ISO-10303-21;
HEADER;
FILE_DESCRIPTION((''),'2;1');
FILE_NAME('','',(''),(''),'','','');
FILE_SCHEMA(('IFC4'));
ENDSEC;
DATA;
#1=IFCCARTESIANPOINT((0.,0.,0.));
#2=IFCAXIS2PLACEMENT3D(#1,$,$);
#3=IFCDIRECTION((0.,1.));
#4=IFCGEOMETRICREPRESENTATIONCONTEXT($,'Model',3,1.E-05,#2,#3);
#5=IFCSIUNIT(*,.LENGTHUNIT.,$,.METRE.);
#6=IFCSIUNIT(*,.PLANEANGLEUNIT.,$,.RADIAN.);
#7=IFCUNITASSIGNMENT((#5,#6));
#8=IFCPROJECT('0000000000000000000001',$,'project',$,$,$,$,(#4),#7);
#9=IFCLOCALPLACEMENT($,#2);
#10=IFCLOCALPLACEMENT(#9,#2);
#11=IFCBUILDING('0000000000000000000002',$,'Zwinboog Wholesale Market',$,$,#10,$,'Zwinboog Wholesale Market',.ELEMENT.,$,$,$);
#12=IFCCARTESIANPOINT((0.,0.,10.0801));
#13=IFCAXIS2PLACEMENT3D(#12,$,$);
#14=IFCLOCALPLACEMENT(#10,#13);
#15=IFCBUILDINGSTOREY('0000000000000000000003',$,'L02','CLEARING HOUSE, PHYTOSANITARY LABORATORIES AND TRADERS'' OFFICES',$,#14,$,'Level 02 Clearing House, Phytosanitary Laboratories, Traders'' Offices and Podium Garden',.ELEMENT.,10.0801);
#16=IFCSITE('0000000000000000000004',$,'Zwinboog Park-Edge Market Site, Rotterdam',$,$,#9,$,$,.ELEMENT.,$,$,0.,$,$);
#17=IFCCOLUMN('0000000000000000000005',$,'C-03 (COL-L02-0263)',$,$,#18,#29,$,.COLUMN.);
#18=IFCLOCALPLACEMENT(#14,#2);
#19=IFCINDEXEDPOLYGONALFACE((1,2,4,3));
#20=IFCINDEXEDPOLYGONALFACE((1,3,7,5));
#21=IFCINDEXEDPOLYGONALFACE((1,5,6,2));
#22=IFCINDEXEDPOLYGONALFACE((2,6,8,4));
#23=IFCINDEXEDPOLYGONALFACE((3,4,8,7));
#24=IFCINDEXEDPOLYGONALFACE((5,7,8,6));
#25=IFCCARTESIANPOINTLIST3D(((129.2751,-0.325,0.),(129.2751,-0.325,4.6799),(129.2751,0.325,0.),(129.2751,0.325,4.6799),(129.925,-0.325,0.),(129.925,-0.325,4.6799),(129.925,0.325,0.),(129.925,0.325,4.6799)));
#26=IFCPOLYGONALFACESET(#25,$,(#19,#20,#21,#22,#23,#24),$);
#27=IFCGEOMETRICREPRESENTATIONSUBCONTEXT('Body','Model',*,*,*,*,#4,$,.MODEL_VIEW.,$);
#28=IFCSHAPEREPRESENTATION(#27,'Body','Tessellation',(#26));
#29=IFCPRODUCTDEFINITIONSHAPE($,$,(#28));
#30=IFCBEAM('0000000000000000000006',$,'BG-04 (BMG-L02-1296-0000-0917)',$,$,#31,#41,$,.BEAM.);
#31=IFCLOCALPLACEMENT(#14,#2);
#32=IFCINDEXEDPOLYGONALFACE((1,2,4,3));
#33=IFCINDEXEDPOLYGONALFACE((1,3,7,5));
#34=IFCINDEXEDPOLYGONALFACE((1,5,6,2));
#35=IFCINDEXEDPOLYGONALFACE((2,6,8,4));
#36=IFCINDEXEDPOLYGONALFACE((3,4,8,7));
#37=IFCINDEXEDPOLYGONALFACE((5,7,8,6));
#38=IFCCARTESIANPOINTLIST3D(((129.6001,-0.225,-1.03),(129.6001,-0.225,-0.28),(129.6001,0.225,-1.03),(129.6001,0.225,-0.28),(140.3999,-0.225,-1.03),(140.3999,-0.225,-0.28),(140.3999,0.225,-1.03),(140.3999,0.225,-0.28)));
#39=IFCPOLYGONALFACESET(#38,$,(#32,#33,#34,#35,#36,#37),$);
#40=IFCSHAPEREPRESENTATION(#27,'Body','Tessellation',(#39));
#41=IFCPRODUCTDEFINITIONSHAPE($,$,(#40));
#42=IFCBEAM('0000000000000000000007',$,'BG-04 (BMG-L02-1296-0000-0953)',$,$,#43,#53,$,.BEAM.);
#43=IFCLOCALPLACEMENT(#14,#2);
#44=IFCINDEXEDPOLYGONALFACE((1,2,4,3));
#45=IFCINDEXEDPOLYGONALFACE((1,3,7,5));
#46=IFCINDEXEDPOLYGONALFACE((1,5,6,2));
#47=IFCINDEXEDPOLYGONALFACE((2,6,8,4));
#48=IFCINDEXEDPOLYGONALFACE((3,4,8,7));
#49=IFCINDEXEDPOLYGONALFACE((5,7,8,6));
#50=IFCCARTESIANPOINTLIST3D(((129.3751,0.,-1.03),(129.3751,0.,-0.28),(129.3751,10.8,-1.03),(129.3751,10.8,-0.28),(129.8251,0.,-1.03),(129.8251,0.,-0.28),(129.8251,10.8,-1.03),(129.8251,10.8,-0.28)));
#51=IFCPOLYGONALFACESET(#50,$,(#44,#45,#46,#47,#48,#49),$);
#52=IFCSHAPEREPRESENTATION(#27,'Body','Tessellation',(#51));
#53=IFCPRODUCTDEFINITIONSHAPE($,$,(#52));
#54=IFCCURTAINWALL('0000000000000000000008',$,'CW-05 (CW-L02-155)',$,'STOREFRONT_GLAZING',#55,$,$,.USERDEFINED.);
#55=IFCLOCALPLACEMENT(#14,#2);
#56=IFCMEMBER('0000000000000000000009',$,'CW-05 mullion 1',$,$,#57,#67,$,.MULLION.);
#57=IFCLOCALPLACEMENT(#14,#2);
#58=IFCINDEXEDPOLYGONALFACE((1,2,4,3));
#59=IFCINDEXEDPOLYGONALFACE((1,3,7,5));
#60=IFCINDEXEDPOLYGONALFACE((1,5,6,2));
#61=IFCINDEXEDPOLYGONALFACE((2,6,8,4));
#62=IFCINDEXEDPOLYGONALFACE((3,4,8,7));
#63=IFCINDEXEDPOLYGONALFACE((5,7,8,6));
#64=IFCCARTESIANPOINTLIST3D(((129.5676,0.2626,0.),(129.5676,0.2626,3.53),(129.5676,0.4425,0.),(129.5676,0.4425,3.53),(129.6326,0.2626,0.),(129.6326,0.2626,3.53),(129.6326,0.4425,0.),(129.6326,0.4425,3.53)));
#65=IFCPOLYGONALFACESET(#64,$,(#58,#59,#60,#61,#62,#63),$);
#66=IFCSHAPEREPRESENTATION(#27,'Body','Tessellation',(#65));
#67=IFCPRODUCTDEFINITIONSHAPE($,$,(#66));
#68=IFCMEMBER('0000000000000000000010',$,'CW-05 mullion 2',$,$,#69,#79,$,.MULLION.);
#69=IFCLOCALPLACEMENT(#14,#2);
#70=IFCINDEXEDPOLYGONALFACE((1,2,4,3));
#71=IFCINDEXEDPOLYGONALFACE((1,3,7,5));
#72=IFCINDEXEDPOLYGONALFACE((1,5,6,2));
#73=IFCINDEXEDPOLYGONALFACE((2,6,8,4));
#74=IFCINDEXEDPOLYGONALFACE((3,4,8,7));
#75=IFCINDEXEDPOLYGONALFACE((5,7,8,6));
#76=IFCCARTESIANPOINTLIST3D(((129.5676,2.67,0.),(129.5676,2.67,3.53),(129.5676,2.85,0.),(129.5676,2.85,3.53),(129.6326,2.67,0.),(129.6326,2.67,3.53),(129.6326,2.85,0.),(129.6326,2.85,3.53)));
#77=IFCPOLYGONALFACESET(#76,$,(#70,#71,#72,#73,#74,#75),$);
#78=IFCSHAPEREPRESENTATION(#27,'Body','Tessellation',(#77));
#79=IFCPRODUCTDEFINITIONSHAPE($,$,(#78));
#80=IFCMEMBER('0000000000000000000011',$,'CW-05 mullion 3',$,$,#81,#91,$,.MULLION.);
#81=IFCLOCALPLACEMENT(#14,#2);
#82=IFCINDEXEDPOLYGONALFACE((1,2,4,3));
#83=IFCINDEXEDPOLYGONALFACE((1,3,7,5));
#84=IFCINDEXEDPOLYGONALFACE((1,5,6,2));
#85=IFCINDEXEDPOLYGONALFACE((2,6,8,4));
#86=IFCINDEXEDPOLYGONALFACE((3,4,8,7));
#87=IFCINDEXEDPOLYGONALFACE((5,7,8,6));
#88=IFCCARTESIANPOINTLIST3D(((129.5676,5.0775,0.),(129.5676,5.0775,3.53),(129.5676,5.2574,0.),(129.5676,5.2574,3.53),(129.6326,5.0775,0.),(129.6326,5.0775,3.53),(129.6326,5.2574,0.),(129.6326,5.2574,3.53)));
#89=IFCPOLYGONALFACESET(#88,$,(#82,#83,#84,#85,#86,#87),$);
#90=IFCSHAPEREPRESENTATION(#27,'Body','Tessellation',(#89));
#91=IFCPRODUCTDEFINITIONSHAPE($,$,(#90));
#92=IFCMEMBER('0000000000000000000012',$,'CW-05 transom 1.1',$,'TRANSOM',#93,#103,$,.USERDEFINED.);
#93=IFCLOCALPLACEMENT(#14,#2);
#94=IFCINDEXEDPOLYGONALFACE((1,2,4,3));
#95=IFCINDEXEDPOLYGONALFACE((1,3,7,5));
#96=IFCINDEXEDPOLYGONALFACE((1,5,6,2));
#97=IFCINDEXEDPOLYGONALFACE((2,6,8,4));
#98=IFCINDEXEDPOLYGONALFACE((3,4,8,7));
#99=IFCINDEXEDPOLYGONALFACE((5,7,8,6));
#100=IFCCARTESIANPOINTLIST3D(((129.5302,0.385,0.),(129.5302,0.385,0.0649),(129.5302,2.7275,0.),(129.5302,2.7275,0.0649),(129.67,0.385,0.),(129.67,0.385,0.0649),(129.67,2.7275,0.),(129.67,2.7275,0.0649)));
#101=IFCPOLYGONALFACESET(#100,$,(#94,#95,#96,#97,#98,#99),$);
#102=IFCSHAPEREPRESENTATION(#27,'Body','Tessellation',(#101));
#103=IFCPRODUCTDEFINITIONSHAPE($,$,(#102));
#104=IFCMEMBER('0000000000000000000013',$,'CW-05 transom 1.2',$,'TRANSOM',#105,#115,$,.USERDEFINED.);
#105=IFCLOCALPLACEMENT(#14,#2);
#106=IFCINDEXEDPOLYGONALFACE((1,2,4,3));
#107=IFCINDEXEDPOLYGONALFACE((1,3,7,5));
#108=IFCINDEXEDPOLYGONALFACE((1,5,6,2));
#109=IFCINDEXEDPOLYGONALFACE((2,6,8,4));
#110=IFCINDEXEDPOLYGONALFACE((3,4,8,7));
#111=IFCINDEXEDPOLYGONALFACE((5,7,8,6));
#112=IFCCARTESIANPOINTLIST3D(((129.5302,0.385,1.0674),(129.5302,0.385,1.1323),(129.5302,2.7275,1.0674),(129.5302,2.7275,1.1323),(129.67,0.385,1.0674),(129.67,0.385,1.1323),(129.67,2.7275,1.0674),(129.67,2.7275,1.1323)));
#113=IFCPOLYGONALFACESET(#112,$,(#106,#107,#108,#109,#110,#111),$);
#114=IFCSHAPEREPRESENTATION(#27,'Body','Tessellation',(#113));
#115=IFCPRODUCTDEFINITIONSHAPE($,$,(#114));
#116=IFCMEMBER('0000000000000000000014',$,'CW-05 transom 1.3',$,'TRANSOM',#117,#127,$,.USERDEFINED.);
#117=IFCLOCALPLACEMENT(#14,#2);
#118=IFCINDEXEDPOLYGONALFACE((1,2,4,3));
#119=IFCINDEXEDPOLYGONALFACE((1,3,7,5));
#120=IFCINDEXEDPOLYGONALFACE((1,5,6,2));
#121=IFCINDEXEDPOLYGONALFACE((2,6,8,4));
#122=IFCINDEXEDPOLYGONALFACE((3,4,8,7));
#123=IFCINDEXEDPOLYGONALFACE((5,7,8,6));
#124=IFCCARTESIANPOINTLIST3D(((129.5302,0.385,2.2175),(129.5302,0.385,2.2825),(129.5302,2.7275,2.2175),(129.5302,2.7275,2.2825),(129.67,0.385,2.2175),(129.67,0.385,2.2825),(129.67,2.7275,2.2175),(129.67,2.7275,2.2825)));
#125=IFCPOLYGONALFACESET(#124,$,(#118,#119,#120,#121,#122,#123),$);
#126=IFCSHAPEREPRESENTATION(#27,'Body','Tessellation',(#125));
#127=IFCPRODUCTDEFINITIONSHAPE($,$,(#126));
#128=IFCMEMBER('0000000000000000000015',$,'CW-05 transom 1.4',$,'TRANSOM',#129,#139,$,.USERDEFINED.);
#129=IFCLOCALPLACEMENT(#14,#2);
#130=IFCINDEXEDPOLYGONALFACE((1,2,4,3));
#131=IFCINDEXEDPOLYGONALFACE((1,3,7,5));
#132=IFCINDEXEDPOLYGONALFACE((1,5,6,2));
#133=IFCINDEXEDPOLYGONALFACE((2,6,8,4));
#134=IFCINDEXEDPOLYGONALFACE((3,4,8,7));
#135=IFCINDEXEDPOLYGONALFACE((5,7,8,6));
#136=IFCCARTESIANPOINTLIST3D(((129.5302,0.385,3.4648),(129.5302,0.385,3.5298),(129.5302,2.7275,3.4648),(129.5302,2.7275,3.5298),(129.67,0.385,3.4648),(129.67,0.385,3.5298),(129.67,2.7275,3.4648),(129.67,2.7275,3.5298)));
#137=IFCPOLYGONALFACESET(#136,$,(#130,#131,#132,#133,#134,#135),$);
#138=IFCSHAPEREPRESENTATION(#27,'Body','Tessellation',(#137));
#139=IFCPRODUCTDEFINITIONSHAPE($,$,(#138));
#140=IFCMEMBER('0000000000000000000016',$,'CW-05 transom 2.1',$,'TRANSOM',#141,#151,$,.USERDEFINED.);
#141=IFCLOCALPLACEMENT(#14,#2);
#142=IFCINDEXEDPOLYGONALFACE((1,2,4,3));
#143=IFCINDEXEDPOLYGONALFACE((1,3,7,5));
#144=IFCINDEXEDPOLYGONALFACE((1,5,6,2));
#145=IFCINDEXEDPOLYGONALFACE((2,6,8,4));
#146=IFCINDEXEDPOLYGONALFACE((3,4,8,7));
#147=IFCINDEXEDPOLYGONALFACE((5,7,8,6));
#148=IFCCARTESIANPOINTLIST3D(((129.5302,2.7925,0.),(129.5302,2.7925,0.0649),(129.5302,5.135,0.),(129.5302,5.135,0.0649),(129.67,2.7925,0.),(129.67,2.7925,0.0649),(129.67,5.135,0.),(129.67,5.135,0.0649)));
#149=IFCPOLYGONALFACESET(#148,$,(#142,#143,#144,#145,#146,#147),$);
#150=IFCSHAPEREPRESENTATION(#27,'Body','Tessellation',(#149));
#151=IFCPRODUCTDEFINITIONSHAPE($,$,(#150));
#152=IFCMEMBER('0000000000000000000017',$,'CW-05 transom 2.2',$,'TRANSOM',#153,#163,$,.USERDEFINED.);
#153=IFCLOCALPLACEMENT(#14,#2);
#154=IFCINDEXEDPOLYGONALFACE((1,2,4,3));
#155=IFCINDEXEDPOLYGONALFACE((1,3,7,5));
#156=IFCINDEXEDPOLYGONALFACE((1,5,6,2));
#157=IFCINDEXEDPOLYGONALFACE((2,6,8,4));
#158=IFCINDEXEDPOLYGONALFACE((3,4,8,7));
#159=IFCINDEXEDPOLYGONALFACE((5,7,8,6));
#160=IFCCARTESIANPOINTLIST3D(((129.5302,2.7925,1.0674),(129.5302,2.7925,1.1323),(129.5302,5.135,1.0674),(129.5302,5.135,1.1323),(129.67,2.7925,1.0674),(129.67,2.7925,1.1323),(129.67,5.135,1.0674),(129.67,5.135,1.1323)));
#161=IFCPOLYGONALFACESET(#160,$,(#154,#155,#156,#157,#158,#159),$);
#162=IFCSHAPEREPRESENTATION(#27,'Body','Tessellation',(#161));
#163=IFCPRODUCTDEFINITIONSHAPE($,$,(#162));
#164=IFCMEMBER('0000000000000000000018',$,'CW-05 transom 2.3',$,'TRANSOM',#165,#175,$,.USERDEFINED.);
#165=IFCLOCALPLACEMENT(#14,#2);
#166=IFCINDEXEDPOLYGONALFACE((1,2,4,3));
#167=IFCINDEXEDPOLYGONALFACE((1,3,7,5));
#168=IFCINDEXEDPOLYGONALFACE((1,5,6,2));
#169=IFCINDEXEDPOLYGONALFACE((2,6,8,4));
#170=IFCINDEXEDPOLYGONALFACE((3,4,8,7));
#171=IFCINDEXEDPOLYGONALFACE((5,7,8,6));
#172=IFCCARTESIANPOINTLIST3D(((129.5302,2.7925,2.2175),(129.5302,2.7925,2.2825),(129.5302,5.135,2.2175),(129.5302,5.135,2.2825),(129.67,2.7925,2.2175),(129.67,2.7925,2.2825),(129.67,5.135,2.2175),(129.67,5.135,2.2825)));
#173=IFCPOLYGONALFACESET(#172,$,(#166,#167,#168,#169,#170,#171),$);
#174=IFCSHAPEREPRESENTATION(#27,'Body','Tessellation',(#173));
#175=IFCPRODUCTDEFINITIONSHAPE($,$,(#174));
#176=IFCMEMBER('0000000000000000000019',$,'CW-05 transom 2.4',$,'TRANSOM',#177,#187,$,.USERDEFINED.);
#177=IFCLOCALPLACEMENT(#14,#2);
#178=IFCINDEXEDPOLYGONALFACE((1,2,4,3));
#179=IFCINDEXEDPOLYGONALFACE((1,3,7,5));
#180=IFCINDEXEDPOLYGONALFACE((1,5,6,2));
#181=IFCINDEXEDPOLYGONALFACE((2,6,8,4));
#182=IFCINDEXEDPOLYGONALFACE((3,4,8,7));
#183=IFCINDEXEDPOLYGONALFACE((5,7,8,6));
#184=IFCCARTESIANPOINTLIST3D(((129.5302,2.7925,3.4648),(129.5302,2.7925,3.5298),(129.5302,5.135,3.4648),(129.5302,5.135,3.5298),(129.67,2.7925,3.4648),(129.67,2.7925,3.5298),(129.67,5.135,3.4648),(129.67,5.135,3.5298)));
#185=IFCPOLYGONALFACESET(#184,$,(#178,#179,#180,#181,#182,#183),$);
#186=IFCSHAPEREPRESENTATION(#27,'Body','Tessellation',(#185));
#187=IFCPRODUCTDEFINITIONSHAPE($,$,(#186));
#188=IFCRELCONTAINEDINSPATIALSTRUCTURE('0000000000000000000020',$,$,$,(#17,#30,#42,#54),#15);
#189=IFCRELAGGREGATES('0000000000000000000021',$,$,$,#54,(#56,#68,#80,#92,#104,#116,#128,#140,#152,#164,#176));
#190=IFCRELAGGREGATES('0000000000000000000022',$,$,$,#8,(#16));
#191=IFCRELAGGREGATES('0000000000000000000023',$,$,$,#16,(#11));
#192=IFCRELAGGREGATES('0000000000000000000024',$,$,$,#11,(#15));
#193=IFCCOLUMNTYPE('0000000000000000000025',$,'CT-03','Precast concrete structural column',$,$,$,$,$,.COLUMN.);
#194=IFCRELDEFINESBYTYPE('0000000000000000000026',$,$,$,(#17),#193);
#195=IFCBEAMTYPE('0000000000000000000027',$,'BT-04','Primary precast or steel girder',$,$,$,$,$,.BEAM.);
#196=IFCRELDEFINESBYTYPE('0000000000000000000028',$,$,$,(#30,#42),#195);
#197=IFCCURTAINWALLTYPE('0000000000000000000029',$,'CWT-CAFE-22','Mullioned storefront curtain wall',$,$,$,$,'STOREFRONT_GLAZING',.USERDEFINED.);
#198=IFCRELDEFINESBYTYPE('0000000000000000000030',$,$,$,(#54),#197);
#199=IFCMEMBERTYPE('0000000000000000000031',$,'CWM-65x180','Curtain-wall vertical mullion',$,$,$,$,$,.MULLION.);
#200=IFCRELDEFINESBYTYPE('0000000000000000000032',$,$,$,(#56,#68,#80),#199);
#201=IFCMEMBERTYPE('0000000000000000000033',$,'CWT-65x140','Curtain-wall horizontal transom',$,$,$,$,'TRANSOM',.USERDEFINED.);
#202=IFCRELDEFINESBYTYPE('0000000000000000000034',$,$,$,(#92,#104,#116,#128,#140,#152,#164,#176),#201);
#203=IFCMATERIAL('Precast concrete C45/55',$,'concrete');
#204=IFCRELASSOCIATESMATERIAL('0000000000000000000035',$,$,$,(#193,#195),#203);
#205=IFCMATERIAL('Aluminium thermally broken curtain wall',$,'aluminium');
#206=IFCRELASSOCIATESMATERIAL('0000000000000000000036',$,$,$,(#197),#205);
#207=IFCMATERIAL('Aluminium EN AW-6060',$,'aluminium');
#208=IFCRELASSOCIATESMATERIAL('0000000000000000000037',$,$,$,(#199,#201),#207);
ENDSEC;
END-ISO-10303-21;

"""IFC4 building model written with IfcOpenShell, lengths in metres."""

from ifc_helpers import new_model, si_unit, direction, frame, origin, origin_2d, place, context, subcontext, project, spatial, rectangle, extrude, material, material_profile, profile_set, type_object, element, aggregate, save


model = new_model("IFC4")

# Units and contexts
model_context = context("Model", 3, precision=1e-05, world=origin(), true_north=direction((0.0, 1.0)))
body_context = subcontext(model_context, "Body", "Model", "MODEL_VIEW")
ifc_project = project(units=[si_unit("LENGTHUNIT", "METRE"), si_unit("PLANEANGLEUNIT", "RADIAN")], contexts=[model_context])

# Site, building, storey
site_placement = place(None, origin())
site = spatial("IfcSite", under=ifc_project, at=site_placement, Name="Zwinboog Park-Edge Market Site, Rotterdam", CompositionType="ELEMENT", RefElevation=0.0)
building_placement = place(site_placement, origin())
building = spatial("IfcBuilding", under=site, at=building_placement, Name="Zwinboog Wholesale Market", LongName="Zwinboog Wholesale Market", CompositionType="ELEMENT")
storey_placement = place(building_placement, frame((0.0, 0.0, 10.0801)))
storey = spatial("IfcBuildingStorey", under=building, at=storey_placement, Name="L02", Description="CLEARING HOUSE, PHYTOSANITARY LABORATORIES AND TRADERS' OFFICES", LongName="Level 02 Clearing House, Phytosanitary Laboratories, Traders' Offices and Podium Garden", CompositionType="ELEMENT", Elevation=10.0801)

# Column
ifc_material_1 = material(Name="Precast concrete C45/55", Category="concrete")
ifc_material_profile_1 = material_profile(ifc_material_1, rectangle(XDim=0.6499, YDim=0.6499, at=origin_2d()), Name="PC 650x650")
ifc_profile_set_1 = profile_set([ifc_material_profile_1], Name="Precast concrete C45/55")
column_type = type_object("IfcColumnType", Name="CT-03", Description="Precast concrete structural column", PredefinedType="COLUMN", material=ifc_profile_set_1)
column_placement = place(storey_placement, frame((129.6001, 0.0, 0.0), z_axis=(0.0, 0.0, 1.0), x_axis=(1.0, 0.0, 0.0)))
element("IfcColumn", 1, at=column_placement, inside=storey, type_object=column_type, Name="C-03 (COL-L02-0263)", PredefinedType="COLUMN", context=body_context, shape_type="SweptSolid", body=[
    extrude(rectangle(XDim=0.6499, YDim=0.6499, at=origin_2d()), origin(), (0.0, 0.0, 1.0), 4.6799),
])

# Beams
ifc_material_profile_2 = material_profile(ifc_material_1, rectangle(XDim=0.45, YDim=0.75, at=origin_2d()), Name="PC 450x750")
ifc_profile_set_2 = profile_set([ifc_material_profile_2], Name="Precast concrete C45/55")
beam_type = type_object("IfcBeamType", Name="BT-04", Description="Primary precast or steel girder", PredefinedType="BEAM", material=ifc_profile_set_2)
beam_1_placement = place(storey_placement, frame((129.6001, 0.0, -0.655), z_axis=(1.0, 0.0, 0.0), x_axis=(0.0, 1.0, 0.0)))
element("IfcBeam", 2, at=beam_1_placement, inside=storey, type_object=beam_type, Name="BG-04 (BMG-L02-1296-0000-0917)", PredefinedType="BEAM", context=body_context, shape_type="SweptSolid", body=[
    extrude(rectangle(XDim=0.45, YDim=0.75, at=origin_2d()), origin(), (0.0, 0.0, 1.0), 10.7998),
])
beam_2_placement = place(storey_placement, frame((129.6001, 0.0, -0.655), z_axis=(0.0, 1.0, 0.0), x_axis=(-1.0, 0.0, 0.0)))
element("IfcBeam", 3, at=beam_2_placement, inside=storey, type_object=beam_type, Name="BG-04 (BMG-L02-1296-0000-0953)", PredefinedType="BEAM", context=body_context, shape_type="SweptSolid", body=[
    extrude(rectangle(XDim=0.45, YDim=0.75, at=origin_2d()), origin(), (0.0, 0.0, 1.0), 10.8),
])

# Curtain wall, members
ifc_material_2 = material(Name="Aluminium thermally broken curtain wall", Category="aluminium")
curtain_wall_type = type_object("IfcCurtainWallType", Name="CWT-CAFE-22", Description="Mullioned storefront curtain wall", ElementType="STOREFRONT_GLAZING", PredefinedType="USERDEFINED", material=ifc_material_2)
curtain_wall_placement = place(storey_placement, origin())
curtain_wall = element("IfcCurtainWall", 4, at=curtain_wall_placement, inside=storey, type_object=curtain_wall_type, Name="CW-05 (CW-L02-155)", ObjectType="STOREFRONT_GLAZING", PredefinedType="USERDEFINED")
ifc_material_3 = material(Name="Aluminium EN AW-6060", Category="aluminium")
ifc_material_profile_3 = material_profile(ifc_material_3, rectangle(XDim=0.0649, YDim=0.1799, at=origin_2d()), Name="AL 65x180")
ifc_profile_set_3 = profile_set([ifc_material_profile_3], Name="Aluminium EN AW-6060")
member_type_1 = type_object("IfcMemberType", Name="CWM-65x180", Description="Curtain-wall vertical mullion", PredefinedType="MULLION", material=ifc_profile_set_3)
member_1_placement = place(storey_placement, frame((129.6001, 0.3525, 0.0), z_axis=(0.0, 0.0, 1.0), x_axis=(-1.0, 0.0, 0.0)))
member_1 = element("IfcMember", 5, at=member_1_placement, type_object=member_type_1, Name="CW-05 mullion 1", PredefinedType="MULLION", context=body_context, shape_type="SweptSolid", body=[
    extrude(rectangle(XDim=0.0649, YDim=0.1799, at=origin_2d()), origin(), (0.0, 0.0, 1.0), 3.53),
])
member_2_placement = place(storey_placement, frame((129.6001, 2.76, 0.0), z_axis=(0.0, 0.0, 1.0), x_axis=(-1.0, 0.0, 0.0)))
member_2 = element("IfcMember", 6, at=member_2_placement, type_object=member_type_1, Name="CW-05 mullion 2", PredefinedType="MULLION", context=body_context, shape_type="SweptSolid", body=[
    extrude(rectangle(XDim=0.0649, YDim=0.1799, at=origin_2d()), origin(), (0.0, 0.0, 1.0), 3.53),
])
member_3_placement = place(storey_placement, frame((129.6001, 5.1675, 0.0), z_axis=(0.0, 0.0, 1.0), x_axis=(-1.0, 0.0, 0.0)))
member_3 = element("IfcMember", 7, at=member_3_placement, type_object=member_type_1, Name="CW-05 mullion 3", PredefinedType="MULLION", context=body_context, shape_type="SweptSolid", body=[
    extrude(rectangle(XDim=0.0649, YDim=0.1799, at=origin_2d()), origin(), (0.0, 0.0, 1.0), 3.53),
])
ifc_material_profile_4 = material_profile(ifc_material_3, rectangle(XDim=0.1399, YDim=0.0649, at=origin_2d()), Name="AL 65x140")
ifc_profile_set_4 = profile_set([ifc_material_profile_4], Name="Aluminium EN AW-6060")
member_type_2 = type_object("IfcMemberType", Name="CWT-65x140", Description="Curtain-wall horizontal transom", ElementType="TRANSOM", PredefinedType="USERDEFINED", material=ifc_profile_set_4)
member_4_placement = place(storey_placement, frame((129.6001, 0.385, 0.0325), z_axis=(0.0, 1.0, 0.0), x_axis=(-1.0, 0.0, 0.0)))
member_4 = element("IfcMember", 8, at=member_4_placement, type_object=member_type_2, Name="CW-05 transom 1.1", ObjectType="TRANSOM", PredefinedType="USERDEFINED", context=body_context, shape_type="SweptSolid", body=[
    extrude(rectangle(XDim=0.1399, YDim=0.0649, at=origin_2d()), origin(), (0.0, 0.0, 1.0), 2.3425),
])
member_5_placement = place(storey_placement, frame((129.6001, 0.385, 1.0999), z_axis=(0.0, 1.0, 0.0), x_axis=(-1.0, 0.0, 0.0)))
member_5 = element("IfcMember", 9, at=member_5_placement, type_object=member_type_2, Name="CW-05 transom 1.2", ObjectType="TRANSOM", PredefinedType="USERDEFINED", context=body_context, shape_type="SweptSolid", body=[
    extrude(rectangle(XDim=0.1399, YDim=0.0649, at=origin_2d()), origin(), (0.0, 0.0, 1.0), 2.3425),
])
member_6_placement = place(storey_placement, frame((129.6001, 0.385, 2.25), z_axis=(0.0, 1.0, 0.0), x_axis=(-1.0, 0.0, 0.0)))
member_6 = element("IfcMember", 10, at=member_6_placement, type_object=member_type_2, Name="CW-05 transom 1.3", ObjectType="TRANSOM", PredefinedType="USERDEFINED", context=body_context, shape_type="SweptSolid", body=[
    extrude(rectangle(XDim=0.1399, YDim=0.0649, at=origin_2d()), origin(), (0.0, 0.0, 1.0), 2.3425),
])
member_7_placement = place(storey_placement, frame((129.6001, 0.385, 3.4973), z_axis=(0.0, 1.0, 0.0), x_axis=(-1.0, 0.0, 0.0)))
member_7 = element("IfcMember", 11, at=member_7_placement, type_object=member_type_2, Name="CW-05 transom 1.4", ObjectType="TRANSOM", PredefinedType="USERDEFINED", context=body_context, shape_type="SweptSolid", body=[
    extrude(rectangle(XDim=0.1399, YDim=0.0649, at=origin_2d()), origin(), (0.0, 0.0, 1.0), 2.3425),
])
member_8_placement = place(storey_placement, frame((129.6001, 2.7925, 0.0325), z_axis=(0.0, 1.0, 0.0), x_axis=(-1.0, 0.0, 0.0)))
member_8 = element("IfcMember", 12, at=member_8_placement, type_object=member_type_2, Name="CW-05 transom 2.1", ObjectType="TRANSOM", PredefinedType="USERDEFINED", context=body_context, shape_type="SweptSolid", body=[
    extrude(rectangle(XDim=0.1399, YDim=0.0649, at=origin_2d()), origin(), (0.0, 0.0, 1.0), 2.3425),
])
member_9_placement = place(storey_placement, frame((129.6001, 2.7925, 1.0999), z_axis=(0.0, 1.0, 0.0), x_axis=(-1.0, 0.0, 0.0)))
member_9 = element("IfcMember", 13, at=member_9_placement, type_object=member_type_2, Name="CW-05 transom 2.2", ObjectType="TRANSOM", PredefinedType="USERDEFINED", context=body_context, shape_type="SweptSolid", body=[
    extrude(rectangle(XDim=0.1399, YDim=0.0649, at=origin_2d()), origin(), (0.0, 0.0, 1.0), 2.3425),
])
member_10_placement = place(storey_placement, frame((129.6001, 2.7925, 2.25), z_axis=(0.0, 1.0, 0.0), x_axis=(-1.0, 0.0, 0.0)))
member_10 = element("IfcMember", 14, at=member_10_placement, type_object=member_type_2, Name="CW-05 transom 2.3", ObjectType="TRANSOM", PredefinedType="USERDEFINED", context=body_context, shape_type="SweptSolid", body=[
    extrude(rectangle(XDim=0.1399, YDim=0.0649, at=origin_2d()), origin(), (0.0, 0.0, 1.0), 2.3425),
])
member_11_placement = place(storey_placement, frame((129.6001, 2.7925, 3.4973), z_axis=(0.0, 1.0, 0.0), x_axis=(-1.0, 0.0, 0.0)))
member_11 = element("IfcMember", 15, at=member_11_placement, type_object=member_type_2, Name="CW-05 transom 2.4", ObjectType="TRANSOM", PredefinedType="USERDEFINED", context=body_context, shape_type="SweptSolid", body=[
    extrude(rectangle(XDim=0.1399, YDim=0.0649, at=origin_2d()), origin(), (0.0, 0.0, 1.0), 2.3425),
])
aggregate(curtain_wall, [member_1, member_2, member_3, member_4, member_5, member_6, member_7, member_8, member_9, member_10, member_11])

save(model, "model.ifc")
